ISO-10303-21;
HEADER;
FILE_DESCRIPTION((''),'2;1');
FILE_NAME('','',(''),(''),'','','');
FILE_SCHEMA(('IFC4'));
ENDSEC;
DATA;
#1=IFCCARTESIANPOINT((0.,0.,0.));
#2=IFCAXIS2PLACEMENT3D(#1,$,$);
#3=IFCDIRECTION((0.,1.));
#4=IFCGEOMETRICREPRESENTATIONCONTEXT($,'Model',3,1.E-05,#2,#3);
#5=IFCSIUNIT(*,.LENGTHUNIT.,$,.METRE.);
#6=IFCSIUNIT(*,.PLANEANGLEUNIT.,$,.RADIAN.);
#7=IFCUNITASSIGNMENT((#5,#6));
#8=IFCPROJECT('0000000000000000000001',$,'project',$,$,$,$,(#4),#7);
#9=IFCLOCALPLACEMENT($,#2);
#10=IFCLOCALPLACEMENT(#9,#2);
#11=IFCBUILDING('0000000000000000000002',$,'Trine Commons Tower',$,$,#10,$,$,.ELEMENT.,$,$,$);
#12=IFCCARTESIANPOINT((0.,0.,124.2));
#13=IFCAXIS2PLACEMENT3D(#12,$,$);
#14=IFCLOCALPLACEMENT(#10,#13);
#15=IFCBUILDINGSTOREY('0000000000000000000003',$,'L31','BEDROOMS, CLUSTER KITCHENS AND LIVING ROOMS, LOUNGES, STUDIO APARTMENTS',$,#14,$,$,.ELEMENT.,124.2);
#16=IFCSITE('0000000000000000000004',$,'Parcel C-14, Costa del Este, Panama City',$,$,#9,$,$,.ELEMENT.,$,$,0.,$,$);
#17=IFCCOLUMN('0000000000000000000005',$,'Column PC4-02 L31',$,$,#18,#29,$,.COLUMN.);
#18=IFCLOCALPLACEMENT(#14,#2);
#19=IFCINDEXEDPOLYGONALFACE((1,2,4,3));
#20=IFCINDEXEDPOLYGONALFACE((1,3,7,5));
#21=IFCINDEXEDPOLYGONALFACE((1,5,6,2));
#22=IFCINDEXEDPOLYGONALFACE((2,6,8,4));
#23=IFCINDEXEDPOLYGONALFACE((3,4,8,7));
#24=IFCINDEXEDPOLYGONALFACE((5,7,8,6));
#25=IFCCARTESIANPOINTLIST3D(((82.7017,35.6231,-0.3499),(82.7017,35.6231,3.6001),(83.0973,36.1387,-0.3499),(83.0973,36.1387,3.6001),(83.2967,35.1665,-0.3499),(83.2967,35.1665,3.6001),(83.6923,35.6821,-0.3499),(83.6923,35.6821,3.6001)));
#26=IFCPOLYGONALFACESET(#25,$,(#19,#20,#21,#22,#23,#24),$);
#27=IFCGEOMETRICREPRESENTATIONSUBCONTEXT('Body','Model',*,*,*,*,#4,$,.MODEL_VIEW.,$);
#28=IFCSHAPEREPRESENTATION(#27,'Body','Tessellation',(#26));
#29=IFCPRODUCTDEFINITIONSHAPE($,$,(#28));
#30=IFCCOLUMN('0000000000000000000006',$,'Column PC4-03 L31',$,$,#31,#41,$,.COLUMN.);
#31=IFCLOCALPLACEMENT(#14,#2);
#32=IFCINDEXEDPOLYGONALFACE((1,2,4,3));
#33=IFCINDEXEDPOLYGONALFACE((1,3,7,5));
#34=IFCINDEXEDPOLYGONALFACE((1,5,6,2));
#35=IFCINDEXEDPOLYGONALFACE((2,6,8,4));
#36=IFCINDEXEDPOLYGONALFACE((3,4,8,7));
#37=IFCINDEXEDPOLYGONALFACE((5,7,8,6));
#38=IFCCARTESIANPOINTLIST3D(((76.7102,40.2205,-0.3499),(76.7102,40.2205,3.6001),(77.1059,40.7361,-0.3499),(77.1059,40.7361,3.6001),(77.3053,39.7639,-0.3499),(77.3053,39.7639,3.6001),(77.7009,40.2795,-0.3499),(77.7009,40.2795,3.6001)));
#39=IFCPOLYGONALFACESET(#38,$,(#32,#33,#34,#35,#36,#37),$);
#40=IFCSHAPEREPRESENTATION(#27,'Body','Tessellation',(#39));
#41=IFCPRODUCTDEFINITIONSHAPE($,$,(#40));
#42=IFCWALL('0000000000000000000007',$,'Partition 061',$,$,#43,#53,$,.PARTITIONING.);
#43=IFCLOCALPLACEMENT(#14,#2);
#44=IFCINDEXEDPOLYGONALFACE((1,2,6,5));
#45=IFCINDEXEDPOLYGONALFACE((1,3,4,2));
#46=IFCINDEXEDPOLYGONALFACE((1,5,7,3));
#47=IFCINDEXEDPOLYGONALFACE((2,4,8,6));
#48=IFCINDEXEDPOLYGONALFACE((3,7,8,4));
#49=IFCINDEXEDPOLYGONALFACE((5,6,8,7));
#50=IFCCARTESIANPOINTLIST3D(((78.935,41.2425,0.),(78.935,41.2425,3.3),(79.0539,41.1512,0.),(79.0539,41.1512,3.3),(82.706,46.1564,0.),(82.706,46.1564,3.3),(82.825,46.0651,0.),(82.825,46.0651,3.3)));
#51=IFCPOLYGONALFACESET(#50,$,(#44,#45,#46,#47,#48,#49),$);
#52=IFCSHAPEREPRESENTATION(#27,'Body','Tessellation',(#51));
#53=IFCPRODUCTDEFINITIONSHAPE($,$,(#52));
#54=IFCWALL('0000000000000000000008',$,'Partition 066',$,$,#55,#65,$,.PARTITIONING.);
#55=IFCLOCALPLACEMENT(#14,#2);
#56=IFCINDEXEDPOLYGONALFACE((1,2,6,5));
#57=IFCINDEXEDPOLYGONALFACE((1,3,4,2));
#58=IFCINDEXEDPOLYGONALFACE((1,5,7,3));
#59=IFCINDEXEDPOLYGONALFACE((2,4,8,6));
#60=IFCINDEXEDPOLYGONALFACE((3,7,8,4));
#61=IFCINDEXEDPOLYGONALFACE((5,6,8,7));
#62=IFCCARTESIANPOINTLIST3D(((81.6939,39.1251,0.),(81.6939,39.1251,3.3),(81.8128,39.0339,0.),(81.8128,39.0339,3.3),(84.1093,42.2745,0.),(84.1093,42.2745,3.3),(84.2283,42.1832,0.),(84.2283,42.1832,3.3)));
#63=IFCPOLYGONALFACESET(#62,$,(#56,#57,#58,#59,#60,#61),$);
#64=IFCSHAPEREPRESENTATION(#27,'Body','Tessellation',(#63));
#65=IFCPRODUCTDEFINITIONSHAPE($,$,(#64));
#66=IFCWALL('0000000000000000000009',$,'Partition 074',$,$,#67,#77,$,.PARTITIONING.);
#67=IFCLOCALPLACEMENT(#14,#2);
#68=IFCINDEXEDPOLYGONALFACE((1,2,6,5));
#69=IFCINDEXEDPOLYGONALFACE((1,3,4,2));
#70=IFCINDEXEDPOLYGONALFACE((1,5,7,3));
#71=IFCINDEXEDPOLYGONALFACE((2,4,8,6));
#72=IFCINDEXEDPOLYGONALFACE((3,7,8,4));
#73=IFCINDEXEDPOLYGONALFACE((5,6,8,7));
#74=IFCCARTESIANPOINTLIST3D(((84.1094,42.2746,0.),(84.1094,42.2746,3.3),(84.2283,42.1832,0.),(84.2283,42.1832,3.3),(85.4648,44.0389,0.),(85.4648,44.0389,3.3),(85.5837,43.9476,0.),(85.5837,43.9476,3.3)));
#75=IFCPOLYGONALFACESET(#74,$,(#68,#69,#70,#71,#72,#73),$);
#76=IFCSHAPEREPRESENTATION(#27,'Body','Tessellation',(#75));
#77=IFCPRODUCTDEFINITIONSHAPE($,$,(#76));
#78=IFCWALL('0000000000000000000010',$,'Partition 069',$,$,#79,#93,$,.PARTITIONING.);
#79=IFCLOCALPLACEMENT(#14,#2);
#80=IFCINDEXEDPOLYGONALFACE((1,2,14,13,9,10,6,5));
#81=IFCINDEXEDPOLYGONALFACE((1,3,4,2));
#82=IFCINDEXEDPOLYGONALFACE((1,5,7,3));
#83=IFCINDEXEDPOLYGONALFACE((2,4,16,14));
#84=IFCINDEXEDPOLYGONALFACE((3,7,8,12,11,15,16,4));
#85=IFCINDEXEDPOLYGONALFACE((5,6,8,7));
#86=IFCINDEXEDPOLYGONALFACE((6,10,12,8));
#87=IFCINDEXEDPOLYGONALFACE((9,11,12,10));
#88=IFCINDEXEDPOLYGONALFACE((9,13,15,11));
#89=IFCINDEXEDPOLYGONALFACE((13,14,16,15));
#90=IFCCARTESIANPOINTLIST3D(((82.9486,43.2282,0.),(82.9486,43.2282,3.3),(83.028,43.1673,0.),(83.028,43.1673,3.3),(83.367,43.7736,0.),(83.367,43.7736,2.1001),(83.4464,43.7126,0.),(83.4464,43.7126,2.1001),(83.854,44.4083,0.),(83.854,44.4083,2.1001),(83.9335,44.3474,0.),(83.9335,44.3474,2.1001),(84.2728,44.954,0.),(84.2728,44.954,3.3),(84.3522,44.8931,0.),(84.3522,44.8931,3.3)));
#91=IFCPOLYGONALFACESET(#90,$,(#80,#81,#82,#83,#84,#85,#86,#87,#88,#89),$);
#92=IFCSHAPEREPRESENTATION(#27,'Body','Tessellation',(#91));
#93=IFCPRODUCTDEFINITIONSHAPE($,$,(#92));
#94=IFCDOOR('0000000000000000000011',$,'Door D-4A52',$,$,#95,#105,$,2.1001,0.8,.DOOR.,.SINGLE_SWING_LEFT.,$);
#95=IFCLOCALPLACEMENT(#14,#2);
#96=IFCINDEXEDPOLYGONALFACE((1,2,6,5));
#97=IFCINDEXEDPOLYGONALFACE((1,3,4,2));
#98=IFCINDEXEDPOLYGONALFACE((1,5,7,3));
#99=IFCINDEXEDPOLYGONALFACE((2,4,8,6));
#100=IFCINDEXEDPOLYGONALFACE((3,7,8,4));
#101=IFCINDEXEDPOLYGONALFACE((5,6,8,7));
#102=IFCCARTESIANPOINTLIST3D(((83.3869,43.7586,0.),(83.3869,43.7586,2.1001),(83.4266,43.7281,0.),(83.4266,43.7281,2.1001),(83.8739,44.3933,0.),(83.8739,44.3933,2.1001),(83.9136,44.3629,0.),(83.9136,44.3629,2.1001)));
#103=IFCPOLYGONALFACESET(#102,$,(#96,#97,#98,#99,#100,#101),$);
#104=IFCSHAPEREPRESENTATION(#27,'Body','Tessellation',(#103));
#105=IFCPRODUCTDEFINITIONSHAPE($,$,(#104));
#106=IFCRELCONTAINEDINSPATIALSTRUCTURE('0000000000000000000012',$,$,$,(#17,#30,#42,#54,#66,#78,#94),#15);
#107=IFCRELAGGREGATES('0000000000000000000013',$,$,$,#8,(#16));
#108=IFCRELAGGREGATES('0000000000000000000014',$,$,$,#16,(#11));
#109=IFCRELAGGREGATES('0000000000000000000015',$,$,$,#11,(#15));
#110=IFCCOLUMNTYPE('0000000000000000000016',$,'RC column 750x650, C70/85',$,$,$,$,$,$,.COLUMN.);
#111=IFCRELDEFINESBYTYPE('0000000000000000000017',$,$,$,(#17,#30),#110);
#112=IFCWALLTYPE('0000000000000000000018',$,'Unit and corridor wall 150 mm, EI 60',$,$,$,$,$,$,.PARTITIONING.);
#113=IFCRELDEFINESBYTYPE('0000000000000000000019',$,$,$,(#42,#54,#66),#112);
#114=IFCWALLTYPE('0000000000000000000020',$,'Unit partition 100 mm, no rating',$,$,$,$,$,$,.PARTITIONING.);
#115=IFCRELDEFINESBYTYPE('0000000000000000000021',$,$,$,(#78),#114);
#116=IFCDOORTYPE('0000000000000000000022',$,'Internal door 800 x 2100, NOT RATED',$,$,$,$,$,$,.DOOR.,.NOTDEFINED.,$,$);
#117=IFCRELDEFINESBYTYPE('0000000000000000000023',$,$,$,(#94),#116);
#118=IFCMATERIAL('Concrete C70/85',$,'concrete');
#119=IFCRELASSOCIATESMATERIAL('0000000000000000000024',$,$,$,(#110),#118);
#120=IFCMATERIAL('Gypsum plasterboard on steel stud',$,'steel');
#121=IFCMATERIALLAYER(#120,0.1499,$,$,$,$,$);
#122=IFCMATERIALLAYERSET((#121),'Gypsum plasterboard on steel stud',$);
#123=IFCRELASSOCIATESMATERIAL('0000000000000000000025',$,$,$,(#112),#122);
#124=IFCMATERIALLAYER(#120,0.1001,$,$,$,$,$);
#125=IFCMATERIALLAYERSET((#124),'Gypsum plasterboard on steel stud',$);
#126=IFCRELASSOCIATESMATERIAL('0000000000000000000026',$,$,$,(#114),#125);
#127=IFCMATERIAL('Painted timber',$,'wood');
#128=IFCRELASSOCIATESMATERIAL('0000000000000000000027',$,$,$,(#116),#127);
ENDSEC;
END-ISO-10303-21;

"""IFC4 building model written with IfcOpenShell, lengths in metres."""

from ifc_helpers import new_model, si_unit, direction, frame, frame_2d, origin, origin_2d, place, context, subcontext, project, spatial, rectangle, extrude, material, layer, layer_set, material_profile, profile_set, type_object, element, fill, save


model = new_model("IFC4")

# Units and contexts
model_context = context("Model", 3, precision=1e-05, world=origin(), true_north=direction((0.0, 1.0)))
body_context = subcontext(model_context, "Body", "Model", "MODEL_VIEW")
ifc_project = project(units=[si_unit("LENGTHUNIT", "METRE"), si_unit("PLANEANGLEUNIT", "RADIAN")], contexts=[model_context])

# Site, building, storey
site_placement = place(None, origin())
site = spatial("IfcSite", under=ifc_project, at=site_placement, Name="Parcel C-14, Costa del Este, Panama City", CompositionType="ELEMENT", RefElevation=0.0)
building_placement = place(site_placement, origin())
building = spatial("IfcBuilding", under=site, at=building_placement, Name="Trine Commons Tower", CompositionType="ELEMENT")
storey_placement = place(building_placement, frame((0.0, 0.0, 124.2)))
storey = spatial("IfcBuildingStorey", under=building, at=storey_placement, Name="L31", Description="BEDROOMS, CLUSTER KITCHENS AND LIVING ROOMS, LOUNGES, STUDIO APARTMENTS", CompositionType="ELEMENT", Elevation=124.2)

# Columns
ifc_material_1 = material(Name="Concrete C70/85", Category="concrete")
ifc_material_profile = material_profile(ifc_material_1, rectangle(XDim=0.75, YDim=0.6499, at=origin_2d()), Name="RC 750x650")
ifc_profile_set = profile_set([ifc_material_profile], Name="Concrete C70/85")
column_type = type_object("IfcColumnType", Name="RC column 750x650, C70/85", PredefinedType="COLUMN", material=ifc_profile_set)
for number, where, z_axis, x_axis, name in (
    (1, (83.197, 35.6526, -0.3499), (0.0, 0.0, 1.0), (-0.793353, 0.608761, 0.0), "Column PC4-02 L31"),
    (2, (77.2056, 40.25, -0.3499), (0.0, 0.0, 1.0), (-0.793353, 0.608761, 0.0), "Column PC4-03 L31"),
):
    element("IfcColumn", number, at=place(storey_placement, frame(where, z_axis=z_axis, x_axis=x_axis)), inside=storey, type_object=column_type, Name=name, PredefinedType="COLUMN", context=body_context, shape_type="SweptSolid", body=[
        extrude(rectangle(XDim=0.75, YDim=0.6499, at=origin_2d()), origin(), (0.0, 0.0, 1.0), 3.95),
    ])

# Walls
ifc_material_2 = material(Name="Gypsum plasterboard on steel stud", Category="steel")
ifc_layer_1 = layer(ifc_material_2, 0.1499)
ifc_layer_set_1 = layer_set([ifc_layer_1], Name="Gypsum plasterboard on steel stud")
wall_type_1 = type_object("IfcWallType", Name="Unit and corridor wall 150 mm, EI 60", PredefinedType="PARTITIONING", material=ifc_layer_set_1)
wall_1_placement = place(storey_placement, frame((78.9944, 41.1968, 0.0), z_axis=(0.0, 0.0, 1.0), x_axis=(0.608811, 0.793315, 0.0)))
element("IfcWall", 3, at=wall_1_placement, inside=storey, type_object=wall_type_1, Name="Partition 061", PredefinedType="PARTITIONING", context=body_context, shape_type="SweptSolid", body=[
    extrude(rectangle(XDim=6.1941, YDim=0.1499, at=frame_2d((3.0972, 0.0))), origin(), (0.0, 0.0, 1.0), 3.3),
])
wall_2_placement = place(storey_placement, frame((81.7534, 39.0796, 0.0), z_axis=(0.0, 0.0, 1.0), x_axis=(0.608586, 0.793488, 0.0)))
element("IfcWall", 4, at=wall_2_placement, inside=storey, type_object=wall_type_1, Name="Partition 066", PredefinedType="PARTITIONING", context=body_context, shape_type="SweptSolid", body=[
    extrude(rectangle(XDim=3.969, YDim=0.1499, at=frame_2d((1.9844, 0.0))), origin(), (0.0, 0.0, 1.0), 3.3),
])
wall_3_placement = place(storey_placement, frame((84.1689, 42.229, 0.0), z_axis=(0.0, 0.0, 1.0), x_axis=(0.609212, 0.793007, 0.0)))
element("IfcWall", 5, at=wall_3_placement, inside=storey, type_object=wall_type_1, Name="Partition 074", PredefinedType="PARTITIONING", context=body_context, shape_type="SweptSolid", body=[
    extrude(rectangle(XDim=2.2249, YDim=0.1499, at=frame_2d((1.1123, 0.0))), origin(), (0.0, 0.0, 1.0), 3.3),
])

# Wall, opening, door
ifc_layer_2 = layer(ifc_material_2, 0.1001)
ifc_layer_set_2 = layer_set([ifc_layer_2], Name="Gypsum plasterboard on steel stud")
wall_type_2 = type_object("IfcWallType", Name="Unit partition 100 mm, no rating", PredefinedType="PARTITIONING", material=ifc_layer_set_2)
wall_4_placement = place(storey_placement, frame((82.9883, 43.1978, 0.0), z_axis=(0.0, 0.0, 1.0), x_axis=(0.608745, 0.793366, 0.0)))
wall_4 = element("IfcWall", 6, at=wall_4_placement, inside=storey, type_object=wall_type_2, Name="Partition 069", PredefinedType="PARTITIONING", context=body_context, shape_type="SweptSolid", body=[
    extrude(rectangle(XDim=2.1753, YDim=0.1001, at=frame_2d((1.0876, 0.0))), origin(), (0.0, 0.0, 1.0), 3.3),
])
opening_placement = place(wall_4_placement, frame((0.6875, 0.0, 0.0)))
opening = element("IfcOpeningElement", 7, at=opening_placement, cuts=wall_4, PredefinedType="OPENING", context=body_context, shape_type="SweptSolid", body=[
    extrude(rectangle(XDim=0.8, YDim=2.1001, at=frame_2d((0.3999, 1.05))), frame((0.0, 0.0601, 0.0), z_axis=(0.0, -1.0, 0.0), x_axis=(1.0, 0.0, 0.0)), (0.0, 0.0, 1.0), 0.1201),
])
ifc_material_3 = material(Name="Painted timber", Category="wood")
door_type = type_object("IfcDoorType", Name="Internal door 800 x 2100, NOT RATED", OperationType="NOTDEFINED", PredefinedType="DOOR", material=ifc_material_3)
door_placement = place(opening_placement, frame((0.8, 0.0, 0.0), z_axis=(0.0, 0.0, 1.0), x_axis=(-1.0, 0.0, 0.0)))
door = element("IfcDoor", 8, at=door_placement, inside=storey, type_object=door_type, Name="Door D-4A52", OperationType="SINGLE_SWING_LEFT", OverallHeight=2.1001, OverallWidth=0.8, PredefinedType="DOOR", context=body_context, shape_type="SweptSolid", body=[
    extrude(rectangle(XDim=0.8, YDim=2.1001, at=frame_2d((0.3999, 1.05))), frame((0.0, 0.0249, 0.0), z_axis=(0.0, -1.0, 0.0), x_axis=(1.0, 0.0, 0.0)), (0.0, 0.0, 1.0), 0.05),
])
fill(opening, door)

save(model, "model.ifc")
